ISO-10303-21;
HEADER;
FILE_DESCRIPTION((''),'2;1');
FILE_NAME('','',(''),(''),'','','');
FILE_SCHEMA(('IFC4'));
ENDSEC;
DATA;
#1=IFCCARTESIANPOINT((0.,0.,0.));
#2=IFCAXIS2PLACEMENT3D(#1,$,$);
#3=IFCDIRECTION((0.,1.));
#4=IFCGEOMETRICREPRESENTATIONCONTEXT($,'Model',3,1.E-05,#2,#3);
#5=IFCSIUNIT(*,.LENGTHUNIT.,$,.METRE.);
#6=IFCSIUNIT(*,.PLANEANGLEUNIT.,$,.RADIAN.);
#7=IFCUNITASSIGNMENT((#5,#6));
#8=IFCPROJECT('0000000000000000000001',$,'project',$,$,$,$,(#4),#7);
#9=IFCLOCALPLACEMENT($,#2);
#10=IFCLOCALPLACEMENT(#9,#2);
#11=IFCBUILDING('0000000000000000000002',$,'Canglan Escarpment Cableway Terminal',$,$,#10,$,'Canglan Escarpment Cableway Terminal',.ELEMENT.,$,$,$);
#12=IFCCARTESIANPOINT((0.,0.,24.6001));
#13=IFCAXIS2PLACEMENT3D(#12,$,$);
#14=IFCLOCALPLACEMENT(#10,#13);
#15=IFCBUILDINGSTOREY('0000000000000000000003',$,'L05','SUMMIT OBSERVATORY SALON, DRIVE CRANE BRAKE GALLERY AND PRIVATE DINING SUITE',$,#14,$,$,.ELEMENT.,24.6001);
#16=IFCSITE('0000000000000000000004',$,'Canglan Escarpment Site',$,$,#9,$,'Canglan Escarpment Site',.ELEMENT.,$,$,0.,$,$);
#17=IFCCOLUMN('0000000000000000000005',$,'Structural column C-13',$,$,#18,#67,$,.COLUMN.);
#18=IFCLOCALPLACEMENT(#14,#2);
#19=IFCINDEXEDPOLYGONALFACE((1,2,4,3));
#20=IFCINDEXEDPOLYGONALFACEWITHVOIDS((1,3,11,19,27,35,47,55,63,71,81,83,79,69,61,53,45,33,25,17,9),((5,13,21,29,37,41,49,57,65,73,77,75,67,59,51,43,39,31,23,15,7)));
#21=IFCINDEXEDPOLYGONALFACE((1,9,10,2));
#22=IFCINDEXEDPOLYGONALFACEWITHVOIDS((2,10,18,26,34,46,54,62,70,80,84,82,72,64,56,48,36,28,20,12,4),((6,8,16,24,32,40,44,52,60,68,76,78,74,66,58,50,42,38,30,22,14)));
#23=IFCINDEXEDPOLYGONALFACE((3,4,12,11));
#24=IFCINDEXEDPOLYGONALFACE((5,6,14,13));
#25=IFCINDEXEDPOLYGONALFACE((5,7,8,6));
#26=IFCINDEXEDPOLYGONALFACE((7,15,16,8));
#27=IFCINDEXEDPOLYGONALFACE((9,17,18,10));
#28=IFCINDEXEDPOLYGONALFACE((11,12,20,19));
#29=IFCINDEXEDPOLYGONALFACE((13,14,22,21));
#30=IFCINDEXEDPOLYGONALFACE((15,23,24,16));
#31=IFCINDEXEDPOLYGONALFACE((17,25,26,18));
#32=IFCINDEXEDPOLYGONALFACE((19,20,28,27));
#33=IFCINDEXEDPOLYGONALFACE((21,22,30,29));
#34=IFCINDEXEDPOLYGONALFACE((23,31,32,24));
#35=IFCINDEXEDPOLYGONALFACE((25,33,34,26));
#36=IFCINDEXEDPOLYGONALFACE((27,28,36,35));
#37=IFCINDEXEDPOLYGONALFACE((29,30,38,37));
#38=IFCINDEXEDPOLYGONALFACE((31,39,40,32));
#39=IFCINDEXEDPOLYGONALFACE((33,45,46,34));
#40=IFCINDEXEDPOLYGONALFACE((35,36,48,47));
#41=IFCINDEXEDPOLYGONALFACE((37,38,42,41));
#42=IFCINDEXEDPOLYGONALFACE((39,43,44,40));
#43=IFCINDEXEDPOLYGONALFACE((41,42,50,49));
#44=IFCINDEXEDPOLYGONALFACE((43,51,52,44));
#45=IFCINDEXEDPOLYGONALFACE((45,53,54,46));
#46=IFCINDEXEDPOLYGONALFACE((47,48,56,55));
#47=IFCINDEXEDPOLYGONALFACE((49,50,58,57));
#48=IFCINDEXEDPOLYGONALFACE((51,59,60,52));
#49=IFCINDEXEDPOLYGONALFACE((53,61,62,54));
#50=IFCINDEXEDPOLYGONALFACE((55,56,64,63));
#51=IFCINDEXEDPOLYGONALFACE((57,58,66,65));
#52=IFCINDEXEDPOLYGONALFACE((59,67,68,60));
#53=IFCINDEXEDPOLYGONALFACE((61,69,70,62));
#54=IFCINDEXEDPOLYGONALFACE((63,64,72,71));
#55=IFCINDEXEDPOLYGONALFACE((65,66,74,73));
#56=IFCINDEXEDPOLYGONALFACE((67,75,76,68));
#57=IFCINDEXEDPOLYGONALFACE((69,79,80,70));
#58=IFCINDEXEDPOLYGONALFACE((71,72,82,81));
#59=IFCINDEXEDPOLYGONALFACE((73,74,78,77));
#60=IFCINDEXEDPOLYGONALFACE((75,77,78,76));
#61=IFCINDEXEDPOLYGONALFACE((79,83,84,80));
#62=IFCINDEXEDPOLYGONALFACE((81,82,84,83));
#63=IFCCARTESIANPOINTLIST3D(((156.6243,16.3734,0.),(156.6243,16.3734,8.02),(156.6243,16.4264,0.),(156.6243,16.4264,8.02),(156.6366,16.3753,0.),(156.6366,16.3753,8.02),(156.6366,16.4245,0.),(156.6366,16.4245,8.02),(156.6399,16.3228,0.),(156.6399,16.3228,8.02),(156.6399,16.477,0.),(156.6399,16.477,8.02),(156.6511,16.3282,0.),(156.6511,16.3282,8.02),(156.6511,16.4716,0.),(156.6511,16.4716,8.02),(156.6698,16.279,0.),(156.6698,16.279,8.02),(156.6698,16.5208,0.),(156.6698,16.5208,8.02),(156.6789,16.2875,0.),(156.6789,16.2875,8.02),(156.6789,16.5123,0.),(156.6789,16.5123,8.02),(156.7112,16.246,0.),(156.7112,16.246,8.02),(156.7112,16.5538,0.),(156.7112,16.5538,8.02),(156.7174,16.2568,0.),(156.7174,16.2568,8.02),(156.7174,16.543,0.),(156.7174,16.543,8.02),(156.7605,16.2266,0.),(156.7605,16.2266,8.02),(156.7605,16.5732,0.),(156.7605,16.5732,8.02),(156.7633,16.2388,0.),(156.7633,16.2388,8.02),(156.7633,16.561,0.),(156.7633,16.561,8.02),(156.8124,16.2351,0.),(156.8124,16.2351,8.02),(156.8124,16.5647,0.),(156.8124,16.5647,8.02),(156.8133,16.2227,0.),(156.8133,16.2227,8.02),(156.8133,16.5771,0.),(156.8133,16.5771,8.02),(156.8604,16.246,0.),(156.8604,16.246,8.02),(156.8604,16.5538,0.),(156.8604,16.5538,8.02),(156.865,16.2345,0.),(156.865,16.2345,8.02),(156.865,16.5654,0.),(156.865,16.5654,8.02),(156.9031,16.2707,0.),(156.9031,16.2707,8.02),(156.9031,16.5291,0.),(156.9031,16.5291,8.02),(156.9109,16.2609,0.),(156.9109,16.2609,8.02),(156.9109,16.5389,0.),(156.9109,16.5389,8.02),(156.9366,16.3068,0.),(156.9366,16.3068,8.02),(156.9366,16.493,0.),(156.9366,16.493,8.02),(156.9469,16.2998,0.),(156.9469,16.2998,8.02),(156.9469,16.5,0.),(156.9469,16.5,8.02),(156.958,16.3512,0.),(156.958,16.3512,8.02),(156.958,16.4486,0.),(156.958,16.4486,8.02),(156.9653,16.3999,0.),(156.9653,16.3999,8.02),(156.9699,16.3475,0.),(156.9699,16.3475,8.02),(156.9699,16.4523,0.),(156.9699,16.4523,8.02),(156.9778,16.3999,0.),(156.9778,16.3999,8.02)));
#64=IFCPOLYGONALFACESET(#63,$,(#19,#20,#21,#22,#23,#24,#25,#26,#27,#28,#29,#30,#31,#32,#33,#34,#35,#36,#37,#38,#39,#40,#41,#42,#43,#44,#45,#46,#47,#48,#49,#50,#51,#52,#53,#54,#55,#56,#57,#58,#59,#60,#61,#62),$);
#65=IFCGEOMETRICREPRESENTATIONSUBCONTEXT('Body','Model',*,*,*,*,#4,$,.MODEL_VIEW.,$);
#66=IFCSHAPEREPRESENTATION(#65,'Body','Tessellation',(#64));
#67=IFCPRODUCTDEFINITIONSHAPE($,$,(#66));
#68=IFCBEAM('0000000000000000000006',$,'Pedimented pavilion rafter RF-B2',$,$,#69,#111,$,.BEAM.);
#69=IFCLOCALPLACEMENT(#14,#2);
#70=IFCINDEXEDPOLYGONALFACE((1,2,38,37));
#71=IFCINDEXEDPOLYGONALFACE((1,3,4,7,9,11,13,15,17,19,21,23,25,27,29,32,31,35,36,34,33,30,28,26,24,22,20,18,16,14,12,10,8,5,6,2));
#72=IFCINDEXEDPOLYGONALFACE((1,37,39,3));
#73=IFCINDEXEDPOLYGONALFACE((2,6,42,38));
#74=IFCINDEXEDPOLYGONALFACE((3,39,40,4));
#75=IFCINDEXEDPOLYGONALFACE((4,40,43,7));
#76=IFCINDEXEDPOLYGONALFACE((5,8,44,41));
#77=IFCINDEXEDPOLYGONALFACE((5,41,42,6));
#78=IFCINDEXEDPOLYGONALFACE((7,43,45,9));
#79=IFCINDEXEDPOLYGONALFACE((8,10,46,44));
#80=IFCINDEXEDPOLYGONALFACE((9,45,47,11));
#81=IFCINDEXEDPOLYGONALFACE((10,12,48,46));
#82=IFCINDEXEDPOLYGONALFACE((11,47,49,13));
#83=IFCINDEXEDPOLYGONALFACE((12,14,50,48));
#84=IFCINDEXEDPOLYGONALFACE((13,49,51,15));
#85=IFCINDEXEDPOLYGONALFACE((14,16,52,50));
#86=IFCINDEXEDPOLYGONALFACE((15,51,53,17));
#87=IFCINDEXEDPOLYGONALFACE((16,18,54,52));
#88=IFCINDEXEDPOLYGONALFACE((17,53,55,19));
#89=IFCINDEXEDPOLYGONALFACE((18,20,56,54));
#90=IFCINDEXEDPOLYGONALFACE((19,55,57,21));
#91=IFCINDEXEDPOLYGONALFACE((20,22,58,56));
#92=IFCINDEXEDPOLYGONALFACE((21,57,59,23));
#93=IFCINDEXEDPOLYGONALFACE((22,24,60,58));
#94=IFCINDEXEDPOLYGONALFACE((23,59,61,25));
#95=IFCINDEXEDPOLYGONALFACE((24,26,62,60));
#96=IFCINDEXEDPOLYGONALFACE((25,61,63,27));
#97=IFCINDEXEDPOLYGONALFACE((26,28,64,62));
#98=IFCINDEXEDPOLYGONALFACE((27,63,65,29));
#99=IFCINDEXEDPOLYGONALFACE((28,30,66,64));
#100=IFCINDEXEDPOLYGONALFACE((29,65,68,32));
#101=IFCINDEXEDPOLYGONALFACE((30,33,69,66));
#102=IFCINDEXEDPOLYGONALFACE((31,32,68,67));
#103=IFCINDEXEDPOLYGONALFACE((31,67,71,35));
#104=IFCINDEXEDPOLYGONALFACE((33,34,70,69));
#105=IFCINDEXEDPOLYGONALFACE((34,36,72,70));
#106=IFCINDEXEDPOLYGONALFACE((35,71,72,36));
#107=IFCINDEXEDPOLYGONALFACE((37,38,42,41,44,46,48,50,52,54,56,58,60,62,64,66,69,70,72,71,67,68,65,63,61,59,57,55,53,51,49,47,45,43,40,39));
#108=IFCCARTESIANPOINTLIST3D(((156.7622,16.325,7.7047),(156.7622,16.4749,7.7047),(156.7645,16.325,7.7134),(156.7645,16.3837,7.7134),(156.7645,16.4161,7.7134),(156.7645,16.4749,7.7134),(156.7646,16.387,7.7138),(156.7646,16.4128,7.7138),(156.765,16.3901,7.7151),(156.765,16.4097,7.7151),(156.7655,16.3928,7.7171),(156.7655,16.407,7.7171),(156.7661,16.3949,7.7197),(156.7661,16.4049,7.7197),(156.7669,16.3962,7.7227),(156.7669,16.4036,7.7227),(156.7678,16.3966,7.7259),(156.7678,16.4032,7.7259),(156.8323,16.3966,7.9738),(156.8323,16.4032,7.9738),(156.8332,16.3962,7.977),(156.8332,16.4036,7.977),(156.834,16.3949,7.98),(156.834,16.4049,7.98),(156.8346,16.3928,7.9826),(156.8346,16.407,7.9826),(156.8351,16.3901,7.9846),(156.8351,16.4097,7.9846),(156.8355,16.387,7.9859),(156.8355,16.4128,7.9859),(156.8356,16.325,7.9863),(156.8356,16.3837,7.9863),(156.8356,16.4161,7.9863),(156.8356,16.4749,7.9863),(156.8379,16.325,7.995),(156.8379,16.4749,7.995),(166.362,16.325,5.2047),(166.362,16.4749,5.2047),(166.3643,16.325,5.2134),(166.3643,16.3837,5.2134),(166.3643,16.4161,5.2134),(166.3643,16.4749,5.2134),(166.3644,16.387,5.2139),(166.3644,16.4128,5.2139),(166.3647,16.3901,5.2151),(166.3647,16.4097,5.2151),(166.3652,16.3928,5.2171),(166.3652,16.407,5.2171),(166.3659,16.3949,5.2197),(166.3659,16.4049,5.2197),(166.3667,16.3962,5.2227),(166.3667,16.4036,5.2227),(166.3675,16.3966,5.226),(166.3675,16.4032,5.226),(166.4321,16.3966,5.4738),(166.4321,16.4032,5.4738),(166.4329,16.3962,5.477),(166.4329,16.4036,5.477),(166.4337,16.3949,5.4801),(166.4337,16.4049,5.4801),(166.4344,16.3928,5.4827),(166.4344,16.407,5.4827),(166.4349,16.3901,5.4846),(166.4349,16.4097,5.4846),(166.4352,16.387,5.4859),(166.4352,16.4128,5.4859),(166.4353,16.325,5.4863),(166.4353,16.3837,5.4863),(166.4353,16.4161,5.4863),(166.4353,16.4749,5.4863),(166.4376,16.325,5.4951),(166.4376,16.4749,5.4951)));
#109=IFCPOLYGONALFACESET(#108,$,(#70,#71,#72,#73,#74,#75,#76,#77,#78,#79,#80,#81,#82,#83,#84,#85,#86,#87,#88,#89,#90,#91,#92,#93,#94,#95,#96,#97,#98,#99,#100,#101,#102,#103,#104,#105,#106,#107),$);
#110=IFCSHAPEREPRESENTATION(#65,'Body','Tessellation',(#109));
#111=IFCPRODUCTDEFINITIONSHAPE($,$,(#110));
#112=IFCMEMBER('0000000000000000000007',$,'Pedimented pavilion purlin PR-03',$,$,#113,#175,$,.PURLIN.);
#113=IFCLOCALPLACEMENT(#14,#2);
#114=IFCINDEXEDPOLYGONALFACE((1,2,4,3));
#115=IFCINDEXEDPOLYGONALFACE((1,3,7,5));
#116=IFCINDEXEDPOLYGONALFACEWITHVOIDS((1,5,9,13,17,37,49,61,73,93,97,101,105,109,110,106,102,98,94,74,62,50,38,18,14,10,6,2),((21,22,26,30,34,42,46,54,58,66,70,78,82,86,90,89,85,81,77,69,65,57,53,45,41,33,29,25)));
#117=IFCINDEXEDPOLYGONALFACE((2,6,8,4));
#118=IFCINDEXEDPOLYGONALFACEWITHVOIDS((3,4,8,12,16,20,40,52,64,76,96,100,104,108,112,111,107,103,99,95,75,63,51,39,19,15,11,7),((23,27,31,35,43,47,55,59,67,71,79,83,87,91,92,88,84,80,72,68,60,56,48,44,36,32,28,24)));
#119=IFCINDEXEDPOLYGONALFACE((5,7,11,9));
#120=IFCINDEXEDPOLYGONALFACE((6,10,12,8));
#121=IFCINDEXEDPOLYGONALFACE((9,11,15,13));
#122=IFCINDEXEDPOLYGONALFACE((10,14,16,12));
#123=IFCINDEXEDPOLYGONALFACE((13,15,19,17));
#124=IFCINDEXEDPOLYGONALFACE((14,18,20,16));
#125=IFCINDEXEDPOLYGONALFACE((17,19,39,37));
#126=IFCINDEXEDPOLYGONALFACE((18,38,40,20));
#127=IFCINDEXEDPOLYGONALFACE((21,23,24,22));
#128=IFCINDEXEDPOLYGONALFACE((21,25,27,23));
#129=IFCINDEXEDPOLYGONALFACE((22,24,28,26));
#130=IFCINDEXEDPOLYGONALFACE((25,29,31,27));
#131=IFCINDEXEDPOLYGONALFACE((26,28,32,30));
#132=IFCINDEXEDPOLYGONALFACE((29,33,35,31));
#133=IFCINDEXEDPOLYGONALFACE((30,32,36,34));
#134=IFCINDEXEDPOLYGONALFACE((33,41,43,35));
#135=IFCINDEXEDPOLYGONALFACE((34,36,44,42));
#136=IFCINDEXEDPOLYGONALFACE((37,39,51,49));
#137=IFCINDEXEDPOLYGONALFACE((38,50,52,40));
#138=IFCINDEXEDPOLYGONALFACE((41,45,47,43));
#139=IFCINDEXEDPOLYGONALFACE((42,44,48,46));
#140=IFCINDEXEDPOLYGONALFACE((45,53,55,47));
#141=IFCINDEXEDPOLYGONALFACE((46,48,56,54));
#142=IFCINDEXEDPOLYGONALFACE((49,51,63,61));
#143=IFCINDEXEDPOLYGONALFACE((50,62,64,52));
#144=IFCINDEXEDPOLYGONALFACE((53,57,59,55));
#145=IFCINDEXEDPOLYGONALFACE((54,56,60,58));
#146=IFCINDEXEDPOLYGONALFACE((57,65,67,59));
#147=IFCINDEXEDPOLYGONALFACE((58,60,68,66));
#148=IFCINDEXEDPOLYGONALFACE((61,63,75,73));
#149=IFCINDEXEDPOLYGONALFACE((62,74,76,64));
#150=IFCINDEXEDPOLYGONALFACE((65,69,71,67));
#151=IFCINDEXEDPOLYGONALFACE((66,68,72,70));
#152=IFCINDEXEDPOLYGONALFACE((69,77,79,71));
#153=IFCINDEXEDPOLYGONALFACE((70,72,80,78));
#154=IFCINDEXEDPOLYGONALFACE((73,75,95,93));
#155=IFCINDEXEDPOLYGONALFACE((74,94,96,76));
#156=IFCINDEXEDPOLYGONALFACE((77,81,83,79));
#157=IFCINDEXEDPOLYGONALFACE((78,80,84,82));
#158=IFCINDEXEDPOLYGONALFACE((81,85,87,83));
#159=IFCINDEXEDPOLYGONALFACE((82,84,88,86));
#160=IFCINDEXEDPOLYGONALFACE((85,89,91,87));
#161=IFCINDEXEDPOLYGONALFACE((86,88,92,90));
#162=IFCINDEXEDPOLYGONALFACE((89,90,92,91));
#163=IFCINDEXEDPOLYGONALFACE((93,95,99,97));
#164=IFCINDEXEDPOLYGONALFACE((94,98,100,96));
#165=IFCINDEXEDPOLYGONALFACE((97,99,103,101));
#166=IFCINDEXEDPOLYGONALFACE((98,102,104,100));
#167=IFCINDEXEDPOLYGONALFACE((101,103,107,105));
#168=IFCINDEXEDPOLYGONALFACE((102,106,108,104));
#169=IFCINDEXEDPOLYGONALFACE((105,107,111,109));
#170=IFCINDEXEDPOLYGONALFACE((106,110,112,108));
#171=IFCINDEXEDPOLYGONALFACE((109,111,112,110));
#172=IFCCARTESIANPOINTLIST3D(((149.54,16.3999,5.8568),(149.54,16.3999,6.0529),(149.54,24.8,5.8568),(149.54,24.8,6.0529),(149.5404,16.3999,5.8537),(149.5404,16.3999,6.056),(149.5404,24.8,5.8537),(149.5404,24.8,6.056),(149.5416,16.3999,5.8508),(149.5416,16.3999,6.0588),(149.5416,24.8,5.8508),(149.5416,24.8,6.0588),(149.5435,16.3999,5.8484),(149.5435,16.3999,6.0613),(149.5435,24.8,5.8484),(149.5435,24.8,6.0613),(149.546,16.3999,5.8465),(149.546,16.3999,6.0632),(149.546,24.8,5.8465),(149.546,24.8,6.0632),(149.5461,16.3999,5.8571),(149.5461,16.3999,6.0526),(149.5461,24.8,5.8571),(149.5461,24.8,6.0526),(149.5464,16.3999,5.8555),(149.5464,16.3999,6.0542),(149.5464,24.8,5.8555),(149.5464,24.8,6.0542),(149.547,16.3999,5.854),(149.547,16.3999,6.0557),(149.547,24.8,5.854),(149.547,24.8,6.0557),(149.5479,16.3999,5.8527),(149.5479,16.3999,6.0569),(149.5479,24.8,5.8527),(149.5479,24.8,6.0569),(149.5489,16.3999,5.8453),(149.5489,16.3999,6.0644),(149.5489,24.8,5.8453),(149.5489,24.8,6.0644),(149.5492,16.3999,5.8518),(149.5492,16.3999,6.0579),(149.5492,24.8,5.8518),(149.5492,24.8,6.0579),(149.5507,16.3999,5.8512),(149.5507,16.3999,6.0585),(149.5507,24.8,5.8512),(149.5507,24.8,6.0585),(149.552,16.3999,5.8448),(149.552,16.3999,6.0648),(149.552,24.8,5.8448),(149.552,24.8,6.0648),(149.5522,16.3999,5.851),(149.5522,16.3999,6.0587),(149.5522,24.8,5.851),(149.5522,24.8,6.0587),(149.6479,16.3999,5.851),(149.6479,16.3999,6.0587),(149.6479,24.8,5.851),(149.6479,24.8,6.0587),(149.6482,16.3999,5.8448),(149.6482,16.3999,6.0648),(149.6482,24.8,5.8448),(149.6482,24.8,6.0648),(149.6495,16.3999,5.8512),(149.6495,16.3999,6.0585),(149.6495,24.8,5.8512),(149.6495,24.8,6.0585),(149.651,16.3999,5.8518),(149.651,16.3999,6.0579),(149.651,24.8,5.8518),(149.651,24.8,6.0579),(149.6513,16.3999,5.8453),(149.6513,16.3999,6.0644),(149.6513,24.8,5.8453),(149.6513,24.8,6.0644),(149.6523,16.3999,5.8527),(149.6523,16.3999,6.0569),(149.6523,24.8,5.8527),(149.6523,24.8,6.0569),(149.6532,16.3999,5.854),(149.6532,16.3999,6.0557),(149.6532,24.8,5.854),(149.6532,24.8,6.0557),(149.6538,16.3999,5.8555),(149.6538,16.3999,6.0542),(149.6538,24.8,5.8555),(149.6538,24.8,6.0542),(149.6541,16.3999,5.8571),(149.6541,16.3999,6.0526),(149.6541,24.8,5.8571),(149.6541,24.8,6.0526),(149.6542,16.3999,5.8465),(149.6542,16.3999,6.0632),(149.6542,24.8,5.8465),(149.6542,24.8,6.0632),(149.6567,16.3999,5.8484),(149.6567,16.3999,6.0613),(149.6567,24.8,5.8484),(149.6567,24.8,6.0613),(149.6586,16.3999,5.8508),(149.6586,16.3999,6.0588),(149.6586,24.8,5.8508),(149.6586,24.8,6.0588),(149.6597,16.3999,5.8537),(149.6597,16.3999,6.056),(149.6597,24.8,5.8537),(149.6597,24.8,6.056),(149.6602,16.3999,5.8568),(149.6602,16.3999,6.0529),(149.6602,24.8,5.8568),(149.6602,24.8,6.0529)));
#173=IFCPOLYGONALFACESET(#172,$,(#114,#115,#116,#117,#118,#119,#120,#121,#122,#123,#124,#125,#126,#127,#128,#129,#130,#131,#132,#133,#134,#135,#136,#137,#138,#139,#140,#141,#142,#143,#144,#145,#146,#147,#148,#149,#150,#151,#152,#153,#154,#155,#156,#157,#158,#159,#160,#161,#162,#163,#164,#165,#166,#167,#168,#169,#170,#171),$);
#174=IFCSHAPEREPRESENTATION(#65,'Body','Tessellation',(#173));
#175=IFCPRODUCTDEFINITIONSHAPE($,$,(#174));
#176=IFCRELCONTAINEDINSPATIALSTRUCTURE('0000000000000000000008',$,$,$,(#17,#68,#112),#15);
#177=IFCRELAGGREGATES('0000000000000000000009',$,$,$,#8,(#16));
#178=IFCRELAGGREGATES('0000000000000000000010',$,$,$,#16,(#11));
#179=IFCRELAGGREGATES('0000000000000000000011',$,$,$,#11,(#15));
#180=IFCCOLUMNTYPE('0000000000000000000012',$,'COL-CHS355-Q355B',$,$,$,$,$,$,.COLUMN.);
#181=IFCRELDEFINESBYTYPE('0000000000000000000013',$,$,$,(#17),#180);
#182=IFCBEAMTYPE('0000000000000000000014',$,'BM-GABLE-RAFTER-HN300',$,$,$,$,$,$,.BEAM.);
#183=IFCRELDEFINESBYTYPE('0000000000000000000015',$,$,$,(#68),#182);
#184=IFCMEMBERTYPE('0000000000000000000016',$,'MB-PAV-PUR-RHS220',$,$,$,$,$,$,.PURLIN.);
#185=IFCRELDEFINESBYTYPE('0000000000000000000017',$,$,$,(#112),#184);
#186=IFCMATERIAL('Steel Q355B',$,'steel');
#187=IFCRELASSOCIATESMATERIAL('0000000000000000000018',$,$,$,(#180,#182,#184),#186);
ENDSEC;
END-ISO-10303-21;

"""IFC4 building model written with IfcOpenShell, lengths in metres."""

from ifc_helpers import new_model, si_unit, direction, frame, origin, origin_2d, place, context, subcontext, project, spatial, hollow_rectangle, hollow_circle, i_section, extrude, material, material_profile, profile_set, type_object, element, save


model = new_model("IFC4")

# Units and contexts
model_context = context("Model", 3, precision=1e-05, world=origin(), true_north=direction((0.0, 1.0)))
body_context = subcontext(model_context, "Body", "Model", "MODEL_VIEW")
ifc_project = project(units=[si_unit("LENGTHUNIT", "METRE"), si_unit("PLANEANGLEUNIT", "RADIAN")], contexts=[model_context])

# Site, building, storey
site_placement = place(None, origin())
site = spatial("IfcSite", under=ifc_project, at=site_placement, Name="Canglan Escarpment Site", LongName="Canglan Escarpment Site", CompositionType="ELEMENT", RefElevation=0.0)
building_placement = place(site_placement, origin())
building = spatial("IfcBuilding", under=site, at=building_placement, Name="Canglan Escarpment Cableway Terminal", LongName="Canglan Escarpment Cableway Terminal", CompositionType="ELEMENT")
storey_placement = place(building_placement, frame((0.0, 0.0, 24.6001)))
storey = spatial("IfcBuildingStorey", under=building, at=storey_placement, Name="L05", Description="SUMMIT OBSERVATORY SALON, DRIVE CRANE BRAKE GALLERY AND PRIVATE DINING SUITE", CompositionType="ELEMENT", Elevation=24.6001)

# Column
ifc_material_1 = material(Name="Steel Q355B", Category="steel")
ifc_material_profile_1 = material_profile(ifc_material_1, hollow_circle(Radius=0.1777, WallThickness=0.0125, at=origin_2d()), Name="CHS 355.6x12.5")
ifc_profile_set_1 = profile_set([ifc_material_profile_1], Name="Steel Q355B")
column_type = type_object("IfcColumnType", Name="COL-CHS355-Q355B", PredefinedType="COLUMN", material=ifc_profile_set_1)
column_placement = place(storey_placement, frame((156.8, 16.3999, 0.0), z_axis=(0.0, 0.0, 1.0), x_axis=(1.0, 0.0, 0.0)))
element("IfcColumn", 1, at=column_placement, inside=storey, type_object=column_type, Name="Structural column C-13", PredefinedType="COLUMN", context=body_context, shape_type="SweptSolid", body=[
    extrude(hollow_circle(Radius=0.1777, WallThickness=0.0125, at=origin_2d()), origin(), (0.0, 0.0, 1.0), 8.02),
])

# Beam
ifc_material_profile_2 = material_profile(ifc_material_1, i_section(OverallWidth=0.1499, OverallDepth=0.3, WebThickness=0.0066, FlangeThickness=0.009, FilletRadius=0.0129, at=origin_2d()), Name="HN 300x150x6.5x9")
ifc_profile_set_2 = profile_set([ifc_material_profile_2], Name="Steel Q355B")
beam_type = type_object("IfcBeamType", Name="BM-GABLE-RAFTER-HN300", PredefinedType="BEAM", material=ifc_profile_set_2)
beam_placement = place(storey_placement, frame((156.8, 16.3999, 7.8499), z_axis=(0.967723, 0.0, -0.252015), x_axis=(0.0, 1.0, 0.0)))
element("IfcBeam", 2, at=beam_placement, inside=storey, type_object=beam_type, Name="Pedimented pavilion rafter RF-B2", PredefinedType="BEAM", context=body_context, shape_type="SweptSolid", body=[
    extrude(i_section(OverallWidth=0.1499, OverallDepth=0.3, WebThickness=0.0066, FlangeThickness=0.009, FilletRadius=0.0129, at=origin_2d()), origin(), (0.0, 0.0, 1.0), 9.9199),
])

# Member
ifc_material_profile_3 = material_profile(ifc_material_1, hollow_rectangle(XDim=0.1201, YDim=0.22, WallThickness=0.0061, InnerFilletRadius=0.0061, OuterFilletRadius=0.012, at=origin_2d()), Name="RHS 220x120x6")
ifc_profile_set_3 = profile_set([ifc_material_profile_3], Name="Steel Q355B")
member_type_1 = type_object("IfcMemberType", Name="MB-PAV-PUR-RHS220", PredefinedType="PURLIN", material=ifc_profile_set_3)
member_1_placement = place(storey_placement, frame((149.6001, 16.3999, 5.9548), z_axis=(0.0, 1.0, 0.0), x_axis=(-1.0, 0.0, 0.0)))
element("IfcMember", 3, at=member_1_placement, inside=storey, type_object=member_type_1, Name="Pedimented pavilion purlin PR-03", PredefinedType="PURLIN", context=body_context, shape_type="SweptSolid", body=[
    extrude(hollow_rectangle(XDim=0.1201, YDim=0.22, WallThickness=0.0061, InnerFilletRadius=0.0061, OuterFilletRadius=0.012, at=origin_2d()), origin(), (0.0, 0.0, 1.0), 8.4001),
])

save(model, "model.ifc")
